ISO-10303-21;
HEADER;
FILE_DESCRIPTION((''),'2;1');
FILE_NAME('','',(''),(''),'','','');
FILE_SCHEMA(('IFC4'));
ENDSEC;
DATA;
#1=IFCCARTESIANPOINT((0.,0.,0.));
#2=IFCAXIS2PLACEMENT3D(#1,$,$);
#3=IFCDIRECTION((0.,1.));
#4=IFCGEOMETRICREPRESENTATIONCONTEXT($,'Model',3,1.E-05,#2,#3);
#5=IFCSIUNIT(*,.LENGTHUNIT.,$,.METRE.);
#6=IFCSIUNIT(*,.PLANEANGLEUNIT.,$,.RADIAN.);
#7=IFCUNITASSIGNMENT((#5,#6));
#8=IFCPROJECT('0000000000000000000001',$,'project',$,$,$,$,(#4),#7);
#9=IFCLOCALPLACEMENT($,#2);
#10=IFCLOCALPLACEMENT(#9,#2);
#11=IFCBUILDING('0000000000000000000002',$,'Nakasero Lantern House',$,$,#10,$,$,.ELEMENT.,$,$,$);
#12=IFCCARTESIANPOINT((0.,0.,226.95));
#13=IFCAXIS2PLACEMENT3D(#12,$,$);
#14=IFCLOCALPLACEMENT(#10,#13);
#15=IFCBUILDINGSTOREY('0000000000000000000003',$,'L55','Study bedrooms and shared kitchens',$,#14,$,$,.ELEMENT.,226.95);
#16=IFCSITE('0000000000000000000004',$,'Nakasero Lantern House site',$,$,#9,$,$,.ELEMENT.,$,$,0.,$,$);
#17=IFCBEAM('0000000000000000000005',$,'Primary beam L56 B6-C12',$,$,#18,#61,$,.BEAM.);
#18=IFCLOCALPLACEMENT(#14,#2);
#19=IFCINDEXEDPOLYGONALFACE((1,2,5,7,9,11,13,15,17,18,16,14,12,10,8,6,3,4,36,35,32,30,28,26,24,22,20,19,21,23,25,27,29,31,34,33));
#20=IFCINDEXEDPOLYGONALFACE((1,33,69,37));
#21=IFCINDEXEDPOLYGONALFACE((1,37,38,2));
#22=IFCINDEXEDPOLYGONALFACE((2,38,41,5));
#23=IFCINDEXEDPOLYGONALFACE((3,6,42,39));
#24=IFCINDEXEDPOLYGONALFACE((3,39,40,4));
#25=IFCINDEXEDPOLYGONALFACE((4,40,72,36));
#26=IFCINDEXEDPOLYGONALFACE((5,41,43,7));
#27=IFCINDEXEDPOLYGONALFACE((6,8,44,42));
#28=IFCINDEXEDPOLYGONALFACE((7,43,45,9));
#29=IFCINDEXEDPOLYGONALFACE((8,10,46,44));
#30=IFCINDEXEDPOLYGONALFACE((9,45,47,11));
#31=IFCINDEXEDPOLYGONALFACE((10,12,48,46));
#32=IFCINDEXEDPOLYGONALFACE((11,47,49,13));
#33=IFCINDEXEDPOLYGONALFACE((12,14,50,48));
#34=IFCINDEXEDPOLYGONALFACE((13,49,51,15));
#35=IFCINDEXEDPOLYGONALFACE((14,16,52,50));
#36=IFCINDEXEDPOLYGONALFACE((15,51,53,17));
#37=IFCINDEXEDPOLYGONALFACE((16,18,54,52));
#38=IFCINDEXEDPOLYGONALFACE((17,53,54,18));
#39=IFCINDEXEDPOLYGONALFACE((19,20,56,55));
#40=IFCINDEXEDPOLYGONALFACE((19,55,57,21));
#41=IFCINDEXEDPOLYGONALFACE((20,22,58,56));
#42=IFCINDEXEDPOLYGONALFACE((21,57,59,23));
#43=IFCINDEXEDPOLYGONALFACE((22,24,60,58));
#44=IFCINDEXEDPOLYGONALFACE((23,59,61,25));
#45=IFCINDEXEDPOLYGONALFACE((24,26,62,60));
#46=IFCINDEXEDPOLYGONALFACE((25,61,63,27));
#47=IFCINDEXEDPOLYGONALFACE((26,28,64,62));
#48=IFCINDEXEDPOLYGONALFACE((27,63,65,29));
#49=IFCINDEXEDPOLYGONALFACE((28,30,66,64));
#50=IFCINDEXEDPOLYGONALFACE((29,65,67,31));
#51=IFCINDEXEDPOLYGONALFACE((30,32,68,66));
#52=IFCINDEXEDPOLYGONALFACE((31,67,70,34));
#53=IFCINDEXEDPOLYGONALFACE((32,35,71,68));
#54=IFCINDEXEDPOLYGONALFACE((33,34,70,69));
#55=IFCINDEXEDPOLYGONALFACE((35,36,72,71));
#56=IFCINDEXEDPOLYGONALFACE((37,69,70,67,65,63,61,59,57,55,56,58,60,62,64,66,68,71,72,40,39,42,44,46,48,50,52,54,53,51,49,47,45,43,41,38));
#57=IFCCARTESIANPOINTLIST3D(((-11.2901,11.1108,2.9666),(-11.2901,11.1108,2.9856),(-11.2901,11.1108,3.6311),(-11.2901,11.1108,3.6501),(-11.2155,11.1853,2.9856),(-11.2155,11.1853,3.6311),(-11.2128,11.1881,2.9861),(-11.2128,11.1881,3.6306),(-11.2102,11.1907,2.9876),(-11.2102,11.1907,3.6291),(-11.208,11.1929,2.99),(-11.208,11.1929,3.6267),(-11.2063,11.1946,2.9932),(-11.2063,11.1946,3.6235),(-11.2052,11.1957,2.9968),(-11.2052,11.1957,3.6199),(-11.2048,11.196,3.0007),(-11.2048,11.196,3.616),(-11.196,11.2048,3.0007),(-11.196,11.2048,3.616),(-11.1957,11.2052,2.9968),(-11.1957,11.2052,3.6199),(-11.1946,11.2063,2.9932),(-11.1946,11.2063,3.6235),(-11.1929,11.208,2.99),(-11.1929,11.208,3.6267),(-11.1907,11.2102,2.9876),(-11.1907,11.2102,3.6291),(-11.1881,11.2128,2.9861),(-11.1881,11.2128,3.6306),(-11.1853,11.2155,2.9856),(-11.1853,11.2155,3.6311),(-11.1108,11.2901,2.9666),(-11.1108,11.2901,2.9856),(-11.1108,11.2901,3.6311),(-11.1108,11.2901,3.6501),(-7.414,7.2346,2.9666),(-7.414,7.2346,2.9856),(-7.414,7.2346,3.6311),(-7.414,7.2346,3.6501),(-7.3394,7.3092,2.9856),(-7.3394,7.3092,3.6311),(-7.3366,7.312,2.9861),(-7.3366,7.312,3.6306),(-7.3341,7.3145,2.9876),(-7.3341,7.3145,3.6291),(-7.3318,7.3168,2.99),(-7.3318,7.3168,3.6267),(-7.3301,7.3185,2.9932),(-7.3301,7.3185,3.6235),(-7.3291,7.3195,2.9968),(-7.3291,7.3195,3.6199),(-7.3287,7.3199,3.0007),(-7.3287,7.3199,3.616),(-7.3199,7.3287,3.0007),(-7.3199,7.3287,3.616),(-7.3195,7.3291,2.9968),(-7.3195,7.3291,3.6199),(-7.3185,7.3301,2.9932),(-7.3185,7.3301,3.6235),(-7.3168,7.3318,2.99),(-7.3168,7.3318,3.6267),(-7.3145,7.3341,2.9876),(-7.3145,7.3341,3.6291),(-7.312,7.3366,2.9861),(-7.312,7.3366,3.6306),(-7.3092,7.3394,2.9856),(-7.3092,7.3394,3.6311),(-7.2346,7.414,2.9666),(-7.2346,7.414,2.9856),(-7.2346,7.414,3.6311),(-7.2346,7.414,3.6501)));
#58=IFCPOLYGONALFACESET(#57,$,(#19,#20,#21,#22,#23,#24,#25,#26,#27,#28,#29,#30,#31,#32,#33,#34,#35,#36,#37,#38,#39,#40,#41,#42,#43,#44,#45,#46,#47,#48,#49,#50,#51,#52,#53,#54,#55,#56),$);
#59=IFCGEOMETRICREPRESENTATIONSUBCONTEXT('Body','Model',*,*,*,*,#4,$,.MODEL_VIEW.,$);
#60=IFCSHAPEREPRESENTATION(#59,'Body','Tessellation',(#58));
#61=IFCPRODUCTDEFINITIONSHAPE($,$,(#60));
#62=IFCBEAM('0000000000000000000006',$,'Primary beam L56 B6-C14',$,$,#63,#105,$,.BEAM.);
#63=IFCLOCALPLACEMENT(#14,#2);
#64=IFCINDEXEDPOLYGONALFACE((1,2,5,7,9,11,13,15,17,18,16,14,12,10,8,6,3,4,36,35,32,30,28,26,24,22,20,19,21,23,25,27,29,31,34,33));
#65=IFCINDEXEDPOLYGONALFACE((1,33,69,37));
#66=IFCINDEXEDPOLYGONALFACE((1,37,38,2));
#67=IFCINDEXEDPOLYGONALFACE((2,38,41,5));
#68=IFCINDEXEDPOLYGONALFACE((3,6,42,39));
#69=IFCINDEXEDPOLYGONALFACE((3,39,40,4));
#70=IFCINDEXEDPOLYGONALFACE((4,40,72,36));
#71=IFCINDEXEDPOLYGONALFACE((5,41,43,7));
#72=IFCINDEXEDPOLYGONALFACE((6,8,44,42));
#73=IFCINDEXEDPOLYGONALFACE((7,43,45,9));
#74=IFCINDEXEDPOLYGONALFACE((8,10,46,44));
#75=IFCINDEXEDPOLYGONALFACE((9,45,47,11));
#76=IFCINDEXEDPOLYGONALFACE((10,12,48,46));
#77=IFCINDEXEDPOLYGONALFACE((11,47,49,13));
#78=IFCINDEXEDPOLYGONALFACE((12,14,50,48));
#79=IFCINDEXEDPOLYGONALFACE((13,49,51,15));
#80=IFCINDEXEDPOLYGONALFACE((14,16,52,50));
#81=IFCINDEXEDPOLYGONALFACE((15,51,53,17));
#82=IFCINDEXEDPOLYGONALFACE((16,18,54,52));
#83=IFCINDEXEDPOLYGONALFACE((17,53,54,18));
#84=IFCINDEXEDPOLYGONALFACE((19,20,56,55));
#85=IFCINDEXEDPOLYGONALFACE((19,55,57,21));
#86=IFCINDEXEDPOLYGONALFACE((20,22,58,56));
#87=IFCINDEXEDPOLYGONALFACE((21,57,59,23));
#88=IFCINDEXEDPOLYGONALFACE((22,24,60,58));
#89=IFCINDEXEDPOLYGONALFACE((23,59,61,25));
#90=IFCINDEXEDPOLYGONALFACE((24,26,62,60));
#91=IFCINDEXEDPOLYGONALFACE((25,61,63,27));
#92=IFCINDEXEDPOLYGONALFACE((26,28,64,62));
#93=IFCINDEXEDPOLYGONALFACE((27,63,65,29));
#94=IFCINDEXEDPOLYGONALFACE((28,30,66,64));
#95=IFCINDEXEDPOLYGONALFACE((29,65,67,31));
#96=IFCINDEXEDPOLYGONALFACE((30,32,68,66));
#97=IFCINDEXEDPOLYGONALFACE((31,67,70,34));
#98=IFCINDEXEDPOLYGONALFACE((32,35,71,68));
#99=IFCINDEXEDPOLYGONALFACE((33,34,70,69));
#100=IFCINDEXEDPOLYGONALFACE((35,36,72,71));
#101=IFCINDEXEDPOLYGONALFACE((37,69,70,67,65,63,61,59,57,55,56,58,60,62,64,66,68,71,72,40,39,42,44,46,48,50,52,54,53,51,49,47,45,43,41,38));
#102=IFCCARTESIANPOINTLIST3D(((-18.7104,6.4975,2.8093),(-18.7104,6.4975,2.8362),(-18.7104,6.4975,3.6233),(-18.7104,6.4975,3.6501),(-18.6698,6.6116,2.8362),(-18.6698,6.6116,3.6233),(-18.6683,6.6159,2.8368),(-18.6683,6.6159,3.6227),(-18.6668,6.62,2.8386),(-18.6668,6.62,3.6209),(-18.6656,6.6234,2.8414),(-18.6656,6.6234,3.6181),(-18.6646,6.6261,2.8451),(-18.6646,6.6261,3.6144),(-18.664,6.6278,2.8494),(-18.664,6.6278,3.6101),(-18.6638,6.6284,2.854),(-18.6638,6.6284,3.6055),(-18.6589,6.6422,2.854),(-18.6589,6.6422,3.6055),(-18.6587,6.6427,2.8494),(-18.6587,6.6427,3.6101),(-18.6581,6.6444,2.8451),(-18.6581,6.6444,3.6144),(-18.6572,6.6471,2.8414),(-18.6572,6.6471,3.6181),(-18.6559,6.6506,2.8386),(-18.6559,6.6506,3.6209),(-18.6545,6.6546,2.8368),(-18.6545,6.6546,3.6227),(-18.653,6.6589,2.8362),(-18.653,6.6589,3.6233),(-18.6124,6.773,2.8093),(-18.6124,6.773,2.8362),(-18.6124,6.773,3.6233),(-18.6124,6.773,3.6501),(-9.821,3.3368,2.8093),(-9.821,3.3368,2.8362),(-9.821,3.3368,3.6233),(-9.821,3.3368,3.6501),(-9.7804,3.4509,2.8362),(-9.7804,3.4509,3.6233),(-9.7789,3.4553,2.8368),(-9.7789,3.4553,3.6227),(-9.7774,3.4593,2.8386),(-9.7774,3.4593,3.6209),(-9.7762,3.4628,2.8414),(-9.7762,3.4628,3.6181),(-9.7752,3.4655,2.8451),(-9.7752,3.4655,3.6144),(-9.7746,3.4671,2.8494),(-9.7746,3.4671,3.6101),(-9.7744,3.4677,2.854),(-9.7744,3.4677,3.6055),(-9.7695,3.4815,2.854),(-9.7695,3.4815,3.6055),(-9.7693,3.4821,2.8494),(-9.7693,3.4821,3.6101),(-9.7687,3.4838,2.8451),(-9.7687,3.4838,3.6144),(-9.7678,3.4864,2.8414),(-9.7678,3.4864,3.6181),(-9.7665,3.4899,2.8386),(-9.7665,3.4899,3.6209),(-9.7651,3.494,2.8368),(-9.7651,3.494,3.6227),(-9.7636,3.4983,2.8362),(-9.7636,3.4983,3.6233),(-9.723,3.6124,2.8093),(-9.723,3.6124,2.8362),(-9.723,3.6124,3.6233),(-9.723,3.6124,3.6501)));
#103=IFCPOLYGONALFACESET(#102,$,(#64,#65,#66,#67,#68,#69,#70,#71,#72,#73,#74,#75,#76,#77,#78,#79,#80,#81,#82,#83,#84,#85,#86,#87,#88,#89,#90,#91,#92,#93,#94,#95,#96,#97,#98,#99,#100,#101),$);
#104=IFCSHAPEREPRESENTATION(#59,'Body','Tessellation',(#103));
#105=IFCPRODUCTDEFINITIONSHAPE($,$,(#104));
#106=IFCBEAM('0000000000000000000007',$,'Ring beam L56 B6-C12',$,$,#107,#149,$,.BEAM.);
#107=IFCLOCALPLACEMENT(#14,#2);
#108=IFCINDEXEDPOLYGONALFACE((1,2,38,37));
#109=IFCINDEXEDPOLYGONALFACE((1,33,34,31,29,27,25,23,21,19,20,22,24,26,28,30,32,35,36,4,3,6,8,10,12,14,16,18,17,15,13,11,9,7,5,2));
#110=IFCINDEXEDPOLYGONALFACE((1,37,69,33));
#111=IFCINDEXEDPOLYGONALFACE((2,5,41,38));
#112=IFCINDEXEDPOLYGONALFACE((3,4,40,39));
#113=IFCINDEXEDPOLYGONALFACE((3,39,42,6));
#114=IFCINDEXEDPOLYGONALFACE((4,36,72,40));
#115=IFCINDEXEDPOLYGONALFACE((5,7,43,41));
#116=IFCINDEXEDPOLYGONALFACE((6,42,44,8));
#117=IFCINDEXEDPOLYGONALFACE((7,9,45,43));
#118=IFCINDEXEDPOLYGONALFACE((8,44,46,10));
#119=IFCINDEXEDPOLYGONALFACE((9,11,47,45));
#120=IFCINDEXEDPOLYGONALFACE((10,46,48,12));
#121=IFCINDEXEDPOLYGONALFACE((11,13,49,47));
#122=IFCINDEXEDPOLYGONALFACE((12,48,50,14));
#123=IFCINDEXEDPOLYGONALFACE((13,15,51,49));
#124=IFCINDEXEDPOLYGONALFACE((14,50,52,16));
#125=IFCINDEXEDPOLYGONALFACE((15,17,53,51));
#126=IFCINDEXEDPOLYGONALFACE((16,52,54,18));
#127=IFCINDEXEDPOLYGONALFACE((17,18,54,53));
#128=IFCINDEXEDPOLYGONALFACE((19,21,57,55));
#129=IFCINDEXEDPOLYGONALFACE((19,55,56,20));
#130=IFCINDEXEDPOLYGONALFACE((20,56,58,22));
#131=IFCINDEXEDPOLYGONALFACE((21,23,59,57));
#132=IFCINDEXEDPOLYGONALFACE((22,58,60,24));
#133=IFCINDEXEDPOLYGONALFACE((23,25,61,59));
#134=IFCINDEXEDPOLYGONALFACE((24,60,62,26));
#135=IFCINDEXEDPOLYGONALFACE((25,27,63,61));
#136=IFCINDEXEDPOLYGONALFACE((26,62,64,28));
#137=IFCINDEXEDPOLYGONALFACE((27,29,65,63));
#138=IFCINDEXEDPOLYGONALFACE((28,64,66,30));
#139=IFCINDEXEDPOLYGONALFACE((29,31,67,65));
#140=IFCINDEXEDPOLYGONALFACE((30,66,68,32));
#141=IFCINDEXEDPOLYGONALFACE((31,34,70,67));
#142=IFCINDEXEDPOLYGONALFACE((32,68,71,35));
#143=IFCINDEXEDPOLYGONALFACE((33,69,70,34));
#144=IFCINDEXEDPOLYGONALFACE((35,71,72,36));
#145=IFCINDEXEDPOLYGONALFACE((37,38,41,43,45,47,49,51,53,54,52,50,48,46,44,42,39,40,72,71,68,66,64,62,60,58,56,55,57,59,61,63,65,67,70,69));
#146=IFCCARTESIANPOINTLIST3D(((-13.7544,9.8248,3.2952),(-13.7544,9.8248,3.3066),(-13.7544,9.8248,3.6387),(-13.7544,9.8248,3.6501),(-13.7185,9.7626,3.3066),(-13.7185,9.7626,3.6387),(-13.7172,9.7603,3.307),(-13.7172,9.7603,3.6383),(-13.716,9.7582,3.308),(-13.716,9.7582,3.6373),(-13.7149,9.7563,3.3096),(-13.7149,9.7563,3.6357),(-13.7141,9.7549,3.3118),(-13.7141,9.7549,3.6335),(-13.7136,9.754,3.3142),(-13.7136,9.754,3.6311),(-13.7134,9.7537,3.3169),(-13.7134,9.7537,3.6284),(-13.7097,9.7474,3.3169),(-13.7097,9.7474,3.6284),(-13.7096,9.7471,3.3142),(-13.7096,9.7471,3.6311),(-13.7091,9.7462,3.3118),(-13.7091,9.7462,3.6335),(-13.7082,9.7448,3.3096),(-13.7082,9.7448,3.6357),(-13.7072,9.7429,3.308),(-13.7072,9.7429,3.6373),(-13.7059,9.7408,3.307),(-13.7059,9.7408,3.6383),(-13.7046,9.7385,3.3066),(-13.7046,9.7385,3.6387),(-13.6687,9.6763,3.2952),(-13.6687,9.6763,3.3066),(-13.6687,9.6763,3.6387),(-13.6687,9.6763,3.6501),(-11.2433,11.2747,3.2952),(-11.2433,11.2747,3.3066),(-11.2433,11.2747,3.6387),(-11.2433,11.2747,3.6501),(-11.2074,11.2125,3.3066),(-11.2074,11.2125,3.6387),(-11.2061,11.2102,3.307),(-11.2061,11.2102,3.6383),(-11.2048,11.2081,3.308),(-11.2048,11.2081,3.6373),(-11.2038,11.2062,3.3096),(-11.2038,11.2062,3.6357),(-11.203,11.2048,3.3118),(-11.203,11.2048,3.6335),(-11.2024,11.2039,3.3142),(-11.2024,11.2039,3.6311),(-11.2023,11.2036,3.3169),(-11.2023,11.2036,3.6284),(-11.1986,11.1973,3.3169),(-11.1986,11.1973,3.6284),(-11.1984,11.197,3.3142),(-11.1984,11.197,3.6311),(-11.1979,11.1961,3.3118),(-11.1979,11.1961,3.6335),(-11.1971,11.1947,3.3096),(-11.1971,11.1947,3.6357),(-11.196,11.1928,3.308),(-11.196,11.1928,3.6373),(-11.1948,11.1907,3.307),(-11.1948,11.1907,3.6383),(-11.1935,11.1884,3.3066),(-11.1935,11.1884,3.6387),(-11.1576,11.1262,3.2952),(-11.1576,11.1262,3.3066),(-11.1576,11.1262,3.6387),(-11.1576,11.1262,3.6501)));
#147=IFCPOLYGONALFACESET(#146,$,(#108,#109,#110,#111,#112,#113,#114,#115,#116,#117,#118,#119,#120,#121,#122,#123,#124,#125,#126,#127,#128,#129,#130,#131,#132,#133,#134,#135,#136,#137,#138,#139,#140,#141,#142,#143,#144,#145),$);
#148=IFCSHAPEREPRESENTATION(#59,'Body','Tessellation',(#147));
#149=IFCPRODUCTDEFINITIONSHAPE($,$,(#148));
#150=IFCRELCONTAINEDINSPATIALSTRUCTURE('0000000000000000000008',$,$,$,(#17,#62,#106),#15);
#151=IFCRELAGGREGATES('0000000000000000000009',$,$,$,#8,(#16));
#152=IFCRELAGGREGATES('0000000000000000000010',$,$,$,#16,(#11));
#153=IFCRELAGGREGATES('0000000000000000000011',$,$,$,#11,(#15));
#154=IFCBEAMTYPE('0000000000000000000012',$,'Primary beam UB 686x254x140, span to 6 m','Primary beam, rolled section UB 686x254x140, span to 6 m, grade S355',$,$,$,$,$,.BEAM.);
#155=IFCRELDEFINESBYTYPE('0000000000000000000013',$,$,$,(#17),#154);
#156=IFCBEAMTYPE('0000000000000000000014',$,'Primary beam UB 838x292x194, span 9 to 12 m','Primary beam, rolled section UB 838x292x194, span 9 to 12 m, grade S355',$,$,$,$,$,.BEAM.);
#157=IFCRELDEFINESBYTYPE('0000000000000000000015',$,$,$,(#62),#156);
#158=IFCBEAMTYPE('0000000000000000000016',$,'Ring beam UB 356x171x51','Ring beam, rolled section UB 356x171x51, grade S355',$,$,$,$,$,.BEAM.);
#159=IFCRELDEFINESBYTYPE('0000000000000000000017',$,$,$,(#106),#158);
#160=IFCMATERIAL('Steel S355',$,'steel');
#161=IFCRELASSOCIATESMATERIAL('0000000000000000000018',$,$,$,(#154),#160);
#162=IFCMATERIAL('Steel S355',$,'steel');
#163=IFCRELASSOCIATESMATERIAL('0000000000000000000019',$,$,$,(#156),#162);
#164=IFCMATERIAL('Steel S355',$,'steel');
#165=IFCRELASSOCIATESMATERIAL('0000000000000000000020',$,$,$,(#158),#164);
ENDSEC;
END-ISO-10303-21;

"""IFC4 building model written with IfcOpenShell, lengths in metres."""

from ifc_helpers import new_model, si_unit, direction, frame, origin, origin_2d, place, context, subcontext, project, spatial, i_section, extrude, material, material_profile, profile_set, type_object, element, save


model = new_model("IFC4")

# Units and contexts
model_context = context("Model", 3, precision=1e-05, world=origin(), true_north=direction((0.0, 1.0)))
body_context = subcontext(model_context, "Body", "Model", "MODEL_VIEW")
ifc_project = project(units=[si_unit("LENGTHUNIT", "METRE"), si_unit("PLANEANGLEUNIT", "RADIAN")], contexts=[model_context])

# Site, building, storey
site_placement = place(None, origin())
site = spatial("IfcSite", under=ifc_project, at=site_placement, Name="Nakasero Lantern House site", CompositionType="ELEMENT", RefElevation=0.0)
building_placement = place(site_placement, origin())
building = spatial("IfcBuilding", under=site, at=building_placement, Name="Nakasero Lantern House", CompositionType="ELEMENT")
storey_placement = place(building_placement, frame((0.0, 0.0, 226.95)))
storey = spatial("IfcBuildingStorey", under=building, at=storey_placement, Name="L55", Description="Study bedrooms and shared kitchens", CompositionType="ELEMENT", Elevation=226.95)

# Beams
ifc_material_1 = material(Name="Steel S355", Category="steel")
ifc_material_profile_1 = material_profile(ifc_material_1, i_section(OverallWidth=0.2537, OverallDepth=0.6836, WebThickness=0.0125, FlangeThickness=0.019, FilletRadius=0.0151, at=origin_2d()), Name="UB 686x254x140")
ifc_profile_set_1 = profile_set([ifc_material_profile_1], Name="Steel S355")
beam_type_1 = type_object("IfcBeamType", Name="Primary beam UB 686x254x140, span to 6 m", Description="Primary beam, rolled section UB 686x254x140, span to 6 m, grade S355", PredefinedType="BEAM", material=ifc_profile_set_1)
beam_1_placement = place(storey_placement, frame((-11.2004, 11.2004, 3.3083), z_axis=(0.707107, -0.707107, 0.0), x_axis=(0.707107, 0.707107, 0.0)))
element("IfcBeam", 1, at=beam_1_placement, inside=storey, type_object=beam_type_1, Name="Primary beam L56 B6-C12", PredefinedType="BEAM", context=body_context, shape_type="SweptSolid", body=[
    extrude(i_section(OverallWidth=0.2537, OverallDepth=0.6836, WebThickness=0.0125, FlangeThickness=0.019, FilletRadius=0.0151, at=origin_2d()), origin(), (0.0, 0.0, 1.0), 5.4817),
])
ifc_material_2 = material(Name="Steel S355", Category="steel")
ifc_material_profile_2 = material_profile(ifc_material_2, i_section(OverallWidth=0.2925, OverallDepth=0.8408, WebThickness=0.0146, FlangeThickness=0.0269, FilletRadius=0.0178, at=origin_2d()), Name="UB 838x292x194")
ifc_profile_set_2 = profile_set([ifc_material_profile_2], Name="Steel S355")
beam_type_2 = type_object("IfcBeamType", Name="Primary beam UB 838x292x194, span 9 to 12 m", Description="Primary beam, rolled section UB 838x292x194, span 9 to 12 m, grade S355", PredefinedType="BEAM", material=ifc_profile_set_2)
beam_2_placement = place(storey_placement, frame((-18.6614, 6.6353, 3.2297), z_axis=(0.942216, -0.335007, 0.0), x_axis=(0.335007, 0.942216, 0.0)))
element("IfcBeam", 2, at=beam_2_placement, inside=storey, type_object=beam_type_2, Name="Primary beam L56 B6-C14", PredefinedType="BEAM", context=body_context, shape_type="SweptSolid", body=[
    extrude(i_section(OverallWidth=0.2925, OverallDepth=0.8408, WebThickness=0.0146, FlangeThickness=0.0269, FilletRadius=0.0178, at=origin_2d()), origin(), (0.0, 0.0, 1.0), 9.4346),
])
ifc_material_3 = material(Name="Steel S355", Category="steel")
ifc_material_profile_3 = material_profile(ifc_material_3, i_section(OverallWidth=0.1714, OverallDepth=0.355, WebThickness=0.0073, FlangeThickness=0.0115, FilletRadius=0.0103, at=origin_2d()), Name="UB 356x171x51")
ifc_profile_set_3 = profile_set([ifc_material_profile_3], Name="Steel S355")
beam_type_3 = type_object("IfcBeamType", Name="Ring beam UB 356x171x51", Description="Ring beam, rolled section UB 356x171x51, grade S355", PredefinedType="BEAM", material=ifc_profile_set_3)
beam_3_placement = place(storey_placement, frame((-11.2004, 11.2004, 3.4727), z_axis=(-0.866012, -0.500024, 0.0), x_axis=(0.500024, -0.866012, 0.0)))
element("IfcBeam", 3, at=beam_3_placement, inside=storey, type_object=beam_type_3, Name="Ring beam L56 B6-C12", PredefinedType="BEAM", context=body_context, shape_type="SweptSolid", body=[
    extrude(i_section(OverallWidth=0.1714, OverallDepth=0.355, WebThickness=0.0073, FlangeThickness=0.0115, FilletRadius=0.0103, at=origin_2d()), origin(), (0.0, 0.0, 1.0), 2.8997),
])

save(model, "model.ifc")
